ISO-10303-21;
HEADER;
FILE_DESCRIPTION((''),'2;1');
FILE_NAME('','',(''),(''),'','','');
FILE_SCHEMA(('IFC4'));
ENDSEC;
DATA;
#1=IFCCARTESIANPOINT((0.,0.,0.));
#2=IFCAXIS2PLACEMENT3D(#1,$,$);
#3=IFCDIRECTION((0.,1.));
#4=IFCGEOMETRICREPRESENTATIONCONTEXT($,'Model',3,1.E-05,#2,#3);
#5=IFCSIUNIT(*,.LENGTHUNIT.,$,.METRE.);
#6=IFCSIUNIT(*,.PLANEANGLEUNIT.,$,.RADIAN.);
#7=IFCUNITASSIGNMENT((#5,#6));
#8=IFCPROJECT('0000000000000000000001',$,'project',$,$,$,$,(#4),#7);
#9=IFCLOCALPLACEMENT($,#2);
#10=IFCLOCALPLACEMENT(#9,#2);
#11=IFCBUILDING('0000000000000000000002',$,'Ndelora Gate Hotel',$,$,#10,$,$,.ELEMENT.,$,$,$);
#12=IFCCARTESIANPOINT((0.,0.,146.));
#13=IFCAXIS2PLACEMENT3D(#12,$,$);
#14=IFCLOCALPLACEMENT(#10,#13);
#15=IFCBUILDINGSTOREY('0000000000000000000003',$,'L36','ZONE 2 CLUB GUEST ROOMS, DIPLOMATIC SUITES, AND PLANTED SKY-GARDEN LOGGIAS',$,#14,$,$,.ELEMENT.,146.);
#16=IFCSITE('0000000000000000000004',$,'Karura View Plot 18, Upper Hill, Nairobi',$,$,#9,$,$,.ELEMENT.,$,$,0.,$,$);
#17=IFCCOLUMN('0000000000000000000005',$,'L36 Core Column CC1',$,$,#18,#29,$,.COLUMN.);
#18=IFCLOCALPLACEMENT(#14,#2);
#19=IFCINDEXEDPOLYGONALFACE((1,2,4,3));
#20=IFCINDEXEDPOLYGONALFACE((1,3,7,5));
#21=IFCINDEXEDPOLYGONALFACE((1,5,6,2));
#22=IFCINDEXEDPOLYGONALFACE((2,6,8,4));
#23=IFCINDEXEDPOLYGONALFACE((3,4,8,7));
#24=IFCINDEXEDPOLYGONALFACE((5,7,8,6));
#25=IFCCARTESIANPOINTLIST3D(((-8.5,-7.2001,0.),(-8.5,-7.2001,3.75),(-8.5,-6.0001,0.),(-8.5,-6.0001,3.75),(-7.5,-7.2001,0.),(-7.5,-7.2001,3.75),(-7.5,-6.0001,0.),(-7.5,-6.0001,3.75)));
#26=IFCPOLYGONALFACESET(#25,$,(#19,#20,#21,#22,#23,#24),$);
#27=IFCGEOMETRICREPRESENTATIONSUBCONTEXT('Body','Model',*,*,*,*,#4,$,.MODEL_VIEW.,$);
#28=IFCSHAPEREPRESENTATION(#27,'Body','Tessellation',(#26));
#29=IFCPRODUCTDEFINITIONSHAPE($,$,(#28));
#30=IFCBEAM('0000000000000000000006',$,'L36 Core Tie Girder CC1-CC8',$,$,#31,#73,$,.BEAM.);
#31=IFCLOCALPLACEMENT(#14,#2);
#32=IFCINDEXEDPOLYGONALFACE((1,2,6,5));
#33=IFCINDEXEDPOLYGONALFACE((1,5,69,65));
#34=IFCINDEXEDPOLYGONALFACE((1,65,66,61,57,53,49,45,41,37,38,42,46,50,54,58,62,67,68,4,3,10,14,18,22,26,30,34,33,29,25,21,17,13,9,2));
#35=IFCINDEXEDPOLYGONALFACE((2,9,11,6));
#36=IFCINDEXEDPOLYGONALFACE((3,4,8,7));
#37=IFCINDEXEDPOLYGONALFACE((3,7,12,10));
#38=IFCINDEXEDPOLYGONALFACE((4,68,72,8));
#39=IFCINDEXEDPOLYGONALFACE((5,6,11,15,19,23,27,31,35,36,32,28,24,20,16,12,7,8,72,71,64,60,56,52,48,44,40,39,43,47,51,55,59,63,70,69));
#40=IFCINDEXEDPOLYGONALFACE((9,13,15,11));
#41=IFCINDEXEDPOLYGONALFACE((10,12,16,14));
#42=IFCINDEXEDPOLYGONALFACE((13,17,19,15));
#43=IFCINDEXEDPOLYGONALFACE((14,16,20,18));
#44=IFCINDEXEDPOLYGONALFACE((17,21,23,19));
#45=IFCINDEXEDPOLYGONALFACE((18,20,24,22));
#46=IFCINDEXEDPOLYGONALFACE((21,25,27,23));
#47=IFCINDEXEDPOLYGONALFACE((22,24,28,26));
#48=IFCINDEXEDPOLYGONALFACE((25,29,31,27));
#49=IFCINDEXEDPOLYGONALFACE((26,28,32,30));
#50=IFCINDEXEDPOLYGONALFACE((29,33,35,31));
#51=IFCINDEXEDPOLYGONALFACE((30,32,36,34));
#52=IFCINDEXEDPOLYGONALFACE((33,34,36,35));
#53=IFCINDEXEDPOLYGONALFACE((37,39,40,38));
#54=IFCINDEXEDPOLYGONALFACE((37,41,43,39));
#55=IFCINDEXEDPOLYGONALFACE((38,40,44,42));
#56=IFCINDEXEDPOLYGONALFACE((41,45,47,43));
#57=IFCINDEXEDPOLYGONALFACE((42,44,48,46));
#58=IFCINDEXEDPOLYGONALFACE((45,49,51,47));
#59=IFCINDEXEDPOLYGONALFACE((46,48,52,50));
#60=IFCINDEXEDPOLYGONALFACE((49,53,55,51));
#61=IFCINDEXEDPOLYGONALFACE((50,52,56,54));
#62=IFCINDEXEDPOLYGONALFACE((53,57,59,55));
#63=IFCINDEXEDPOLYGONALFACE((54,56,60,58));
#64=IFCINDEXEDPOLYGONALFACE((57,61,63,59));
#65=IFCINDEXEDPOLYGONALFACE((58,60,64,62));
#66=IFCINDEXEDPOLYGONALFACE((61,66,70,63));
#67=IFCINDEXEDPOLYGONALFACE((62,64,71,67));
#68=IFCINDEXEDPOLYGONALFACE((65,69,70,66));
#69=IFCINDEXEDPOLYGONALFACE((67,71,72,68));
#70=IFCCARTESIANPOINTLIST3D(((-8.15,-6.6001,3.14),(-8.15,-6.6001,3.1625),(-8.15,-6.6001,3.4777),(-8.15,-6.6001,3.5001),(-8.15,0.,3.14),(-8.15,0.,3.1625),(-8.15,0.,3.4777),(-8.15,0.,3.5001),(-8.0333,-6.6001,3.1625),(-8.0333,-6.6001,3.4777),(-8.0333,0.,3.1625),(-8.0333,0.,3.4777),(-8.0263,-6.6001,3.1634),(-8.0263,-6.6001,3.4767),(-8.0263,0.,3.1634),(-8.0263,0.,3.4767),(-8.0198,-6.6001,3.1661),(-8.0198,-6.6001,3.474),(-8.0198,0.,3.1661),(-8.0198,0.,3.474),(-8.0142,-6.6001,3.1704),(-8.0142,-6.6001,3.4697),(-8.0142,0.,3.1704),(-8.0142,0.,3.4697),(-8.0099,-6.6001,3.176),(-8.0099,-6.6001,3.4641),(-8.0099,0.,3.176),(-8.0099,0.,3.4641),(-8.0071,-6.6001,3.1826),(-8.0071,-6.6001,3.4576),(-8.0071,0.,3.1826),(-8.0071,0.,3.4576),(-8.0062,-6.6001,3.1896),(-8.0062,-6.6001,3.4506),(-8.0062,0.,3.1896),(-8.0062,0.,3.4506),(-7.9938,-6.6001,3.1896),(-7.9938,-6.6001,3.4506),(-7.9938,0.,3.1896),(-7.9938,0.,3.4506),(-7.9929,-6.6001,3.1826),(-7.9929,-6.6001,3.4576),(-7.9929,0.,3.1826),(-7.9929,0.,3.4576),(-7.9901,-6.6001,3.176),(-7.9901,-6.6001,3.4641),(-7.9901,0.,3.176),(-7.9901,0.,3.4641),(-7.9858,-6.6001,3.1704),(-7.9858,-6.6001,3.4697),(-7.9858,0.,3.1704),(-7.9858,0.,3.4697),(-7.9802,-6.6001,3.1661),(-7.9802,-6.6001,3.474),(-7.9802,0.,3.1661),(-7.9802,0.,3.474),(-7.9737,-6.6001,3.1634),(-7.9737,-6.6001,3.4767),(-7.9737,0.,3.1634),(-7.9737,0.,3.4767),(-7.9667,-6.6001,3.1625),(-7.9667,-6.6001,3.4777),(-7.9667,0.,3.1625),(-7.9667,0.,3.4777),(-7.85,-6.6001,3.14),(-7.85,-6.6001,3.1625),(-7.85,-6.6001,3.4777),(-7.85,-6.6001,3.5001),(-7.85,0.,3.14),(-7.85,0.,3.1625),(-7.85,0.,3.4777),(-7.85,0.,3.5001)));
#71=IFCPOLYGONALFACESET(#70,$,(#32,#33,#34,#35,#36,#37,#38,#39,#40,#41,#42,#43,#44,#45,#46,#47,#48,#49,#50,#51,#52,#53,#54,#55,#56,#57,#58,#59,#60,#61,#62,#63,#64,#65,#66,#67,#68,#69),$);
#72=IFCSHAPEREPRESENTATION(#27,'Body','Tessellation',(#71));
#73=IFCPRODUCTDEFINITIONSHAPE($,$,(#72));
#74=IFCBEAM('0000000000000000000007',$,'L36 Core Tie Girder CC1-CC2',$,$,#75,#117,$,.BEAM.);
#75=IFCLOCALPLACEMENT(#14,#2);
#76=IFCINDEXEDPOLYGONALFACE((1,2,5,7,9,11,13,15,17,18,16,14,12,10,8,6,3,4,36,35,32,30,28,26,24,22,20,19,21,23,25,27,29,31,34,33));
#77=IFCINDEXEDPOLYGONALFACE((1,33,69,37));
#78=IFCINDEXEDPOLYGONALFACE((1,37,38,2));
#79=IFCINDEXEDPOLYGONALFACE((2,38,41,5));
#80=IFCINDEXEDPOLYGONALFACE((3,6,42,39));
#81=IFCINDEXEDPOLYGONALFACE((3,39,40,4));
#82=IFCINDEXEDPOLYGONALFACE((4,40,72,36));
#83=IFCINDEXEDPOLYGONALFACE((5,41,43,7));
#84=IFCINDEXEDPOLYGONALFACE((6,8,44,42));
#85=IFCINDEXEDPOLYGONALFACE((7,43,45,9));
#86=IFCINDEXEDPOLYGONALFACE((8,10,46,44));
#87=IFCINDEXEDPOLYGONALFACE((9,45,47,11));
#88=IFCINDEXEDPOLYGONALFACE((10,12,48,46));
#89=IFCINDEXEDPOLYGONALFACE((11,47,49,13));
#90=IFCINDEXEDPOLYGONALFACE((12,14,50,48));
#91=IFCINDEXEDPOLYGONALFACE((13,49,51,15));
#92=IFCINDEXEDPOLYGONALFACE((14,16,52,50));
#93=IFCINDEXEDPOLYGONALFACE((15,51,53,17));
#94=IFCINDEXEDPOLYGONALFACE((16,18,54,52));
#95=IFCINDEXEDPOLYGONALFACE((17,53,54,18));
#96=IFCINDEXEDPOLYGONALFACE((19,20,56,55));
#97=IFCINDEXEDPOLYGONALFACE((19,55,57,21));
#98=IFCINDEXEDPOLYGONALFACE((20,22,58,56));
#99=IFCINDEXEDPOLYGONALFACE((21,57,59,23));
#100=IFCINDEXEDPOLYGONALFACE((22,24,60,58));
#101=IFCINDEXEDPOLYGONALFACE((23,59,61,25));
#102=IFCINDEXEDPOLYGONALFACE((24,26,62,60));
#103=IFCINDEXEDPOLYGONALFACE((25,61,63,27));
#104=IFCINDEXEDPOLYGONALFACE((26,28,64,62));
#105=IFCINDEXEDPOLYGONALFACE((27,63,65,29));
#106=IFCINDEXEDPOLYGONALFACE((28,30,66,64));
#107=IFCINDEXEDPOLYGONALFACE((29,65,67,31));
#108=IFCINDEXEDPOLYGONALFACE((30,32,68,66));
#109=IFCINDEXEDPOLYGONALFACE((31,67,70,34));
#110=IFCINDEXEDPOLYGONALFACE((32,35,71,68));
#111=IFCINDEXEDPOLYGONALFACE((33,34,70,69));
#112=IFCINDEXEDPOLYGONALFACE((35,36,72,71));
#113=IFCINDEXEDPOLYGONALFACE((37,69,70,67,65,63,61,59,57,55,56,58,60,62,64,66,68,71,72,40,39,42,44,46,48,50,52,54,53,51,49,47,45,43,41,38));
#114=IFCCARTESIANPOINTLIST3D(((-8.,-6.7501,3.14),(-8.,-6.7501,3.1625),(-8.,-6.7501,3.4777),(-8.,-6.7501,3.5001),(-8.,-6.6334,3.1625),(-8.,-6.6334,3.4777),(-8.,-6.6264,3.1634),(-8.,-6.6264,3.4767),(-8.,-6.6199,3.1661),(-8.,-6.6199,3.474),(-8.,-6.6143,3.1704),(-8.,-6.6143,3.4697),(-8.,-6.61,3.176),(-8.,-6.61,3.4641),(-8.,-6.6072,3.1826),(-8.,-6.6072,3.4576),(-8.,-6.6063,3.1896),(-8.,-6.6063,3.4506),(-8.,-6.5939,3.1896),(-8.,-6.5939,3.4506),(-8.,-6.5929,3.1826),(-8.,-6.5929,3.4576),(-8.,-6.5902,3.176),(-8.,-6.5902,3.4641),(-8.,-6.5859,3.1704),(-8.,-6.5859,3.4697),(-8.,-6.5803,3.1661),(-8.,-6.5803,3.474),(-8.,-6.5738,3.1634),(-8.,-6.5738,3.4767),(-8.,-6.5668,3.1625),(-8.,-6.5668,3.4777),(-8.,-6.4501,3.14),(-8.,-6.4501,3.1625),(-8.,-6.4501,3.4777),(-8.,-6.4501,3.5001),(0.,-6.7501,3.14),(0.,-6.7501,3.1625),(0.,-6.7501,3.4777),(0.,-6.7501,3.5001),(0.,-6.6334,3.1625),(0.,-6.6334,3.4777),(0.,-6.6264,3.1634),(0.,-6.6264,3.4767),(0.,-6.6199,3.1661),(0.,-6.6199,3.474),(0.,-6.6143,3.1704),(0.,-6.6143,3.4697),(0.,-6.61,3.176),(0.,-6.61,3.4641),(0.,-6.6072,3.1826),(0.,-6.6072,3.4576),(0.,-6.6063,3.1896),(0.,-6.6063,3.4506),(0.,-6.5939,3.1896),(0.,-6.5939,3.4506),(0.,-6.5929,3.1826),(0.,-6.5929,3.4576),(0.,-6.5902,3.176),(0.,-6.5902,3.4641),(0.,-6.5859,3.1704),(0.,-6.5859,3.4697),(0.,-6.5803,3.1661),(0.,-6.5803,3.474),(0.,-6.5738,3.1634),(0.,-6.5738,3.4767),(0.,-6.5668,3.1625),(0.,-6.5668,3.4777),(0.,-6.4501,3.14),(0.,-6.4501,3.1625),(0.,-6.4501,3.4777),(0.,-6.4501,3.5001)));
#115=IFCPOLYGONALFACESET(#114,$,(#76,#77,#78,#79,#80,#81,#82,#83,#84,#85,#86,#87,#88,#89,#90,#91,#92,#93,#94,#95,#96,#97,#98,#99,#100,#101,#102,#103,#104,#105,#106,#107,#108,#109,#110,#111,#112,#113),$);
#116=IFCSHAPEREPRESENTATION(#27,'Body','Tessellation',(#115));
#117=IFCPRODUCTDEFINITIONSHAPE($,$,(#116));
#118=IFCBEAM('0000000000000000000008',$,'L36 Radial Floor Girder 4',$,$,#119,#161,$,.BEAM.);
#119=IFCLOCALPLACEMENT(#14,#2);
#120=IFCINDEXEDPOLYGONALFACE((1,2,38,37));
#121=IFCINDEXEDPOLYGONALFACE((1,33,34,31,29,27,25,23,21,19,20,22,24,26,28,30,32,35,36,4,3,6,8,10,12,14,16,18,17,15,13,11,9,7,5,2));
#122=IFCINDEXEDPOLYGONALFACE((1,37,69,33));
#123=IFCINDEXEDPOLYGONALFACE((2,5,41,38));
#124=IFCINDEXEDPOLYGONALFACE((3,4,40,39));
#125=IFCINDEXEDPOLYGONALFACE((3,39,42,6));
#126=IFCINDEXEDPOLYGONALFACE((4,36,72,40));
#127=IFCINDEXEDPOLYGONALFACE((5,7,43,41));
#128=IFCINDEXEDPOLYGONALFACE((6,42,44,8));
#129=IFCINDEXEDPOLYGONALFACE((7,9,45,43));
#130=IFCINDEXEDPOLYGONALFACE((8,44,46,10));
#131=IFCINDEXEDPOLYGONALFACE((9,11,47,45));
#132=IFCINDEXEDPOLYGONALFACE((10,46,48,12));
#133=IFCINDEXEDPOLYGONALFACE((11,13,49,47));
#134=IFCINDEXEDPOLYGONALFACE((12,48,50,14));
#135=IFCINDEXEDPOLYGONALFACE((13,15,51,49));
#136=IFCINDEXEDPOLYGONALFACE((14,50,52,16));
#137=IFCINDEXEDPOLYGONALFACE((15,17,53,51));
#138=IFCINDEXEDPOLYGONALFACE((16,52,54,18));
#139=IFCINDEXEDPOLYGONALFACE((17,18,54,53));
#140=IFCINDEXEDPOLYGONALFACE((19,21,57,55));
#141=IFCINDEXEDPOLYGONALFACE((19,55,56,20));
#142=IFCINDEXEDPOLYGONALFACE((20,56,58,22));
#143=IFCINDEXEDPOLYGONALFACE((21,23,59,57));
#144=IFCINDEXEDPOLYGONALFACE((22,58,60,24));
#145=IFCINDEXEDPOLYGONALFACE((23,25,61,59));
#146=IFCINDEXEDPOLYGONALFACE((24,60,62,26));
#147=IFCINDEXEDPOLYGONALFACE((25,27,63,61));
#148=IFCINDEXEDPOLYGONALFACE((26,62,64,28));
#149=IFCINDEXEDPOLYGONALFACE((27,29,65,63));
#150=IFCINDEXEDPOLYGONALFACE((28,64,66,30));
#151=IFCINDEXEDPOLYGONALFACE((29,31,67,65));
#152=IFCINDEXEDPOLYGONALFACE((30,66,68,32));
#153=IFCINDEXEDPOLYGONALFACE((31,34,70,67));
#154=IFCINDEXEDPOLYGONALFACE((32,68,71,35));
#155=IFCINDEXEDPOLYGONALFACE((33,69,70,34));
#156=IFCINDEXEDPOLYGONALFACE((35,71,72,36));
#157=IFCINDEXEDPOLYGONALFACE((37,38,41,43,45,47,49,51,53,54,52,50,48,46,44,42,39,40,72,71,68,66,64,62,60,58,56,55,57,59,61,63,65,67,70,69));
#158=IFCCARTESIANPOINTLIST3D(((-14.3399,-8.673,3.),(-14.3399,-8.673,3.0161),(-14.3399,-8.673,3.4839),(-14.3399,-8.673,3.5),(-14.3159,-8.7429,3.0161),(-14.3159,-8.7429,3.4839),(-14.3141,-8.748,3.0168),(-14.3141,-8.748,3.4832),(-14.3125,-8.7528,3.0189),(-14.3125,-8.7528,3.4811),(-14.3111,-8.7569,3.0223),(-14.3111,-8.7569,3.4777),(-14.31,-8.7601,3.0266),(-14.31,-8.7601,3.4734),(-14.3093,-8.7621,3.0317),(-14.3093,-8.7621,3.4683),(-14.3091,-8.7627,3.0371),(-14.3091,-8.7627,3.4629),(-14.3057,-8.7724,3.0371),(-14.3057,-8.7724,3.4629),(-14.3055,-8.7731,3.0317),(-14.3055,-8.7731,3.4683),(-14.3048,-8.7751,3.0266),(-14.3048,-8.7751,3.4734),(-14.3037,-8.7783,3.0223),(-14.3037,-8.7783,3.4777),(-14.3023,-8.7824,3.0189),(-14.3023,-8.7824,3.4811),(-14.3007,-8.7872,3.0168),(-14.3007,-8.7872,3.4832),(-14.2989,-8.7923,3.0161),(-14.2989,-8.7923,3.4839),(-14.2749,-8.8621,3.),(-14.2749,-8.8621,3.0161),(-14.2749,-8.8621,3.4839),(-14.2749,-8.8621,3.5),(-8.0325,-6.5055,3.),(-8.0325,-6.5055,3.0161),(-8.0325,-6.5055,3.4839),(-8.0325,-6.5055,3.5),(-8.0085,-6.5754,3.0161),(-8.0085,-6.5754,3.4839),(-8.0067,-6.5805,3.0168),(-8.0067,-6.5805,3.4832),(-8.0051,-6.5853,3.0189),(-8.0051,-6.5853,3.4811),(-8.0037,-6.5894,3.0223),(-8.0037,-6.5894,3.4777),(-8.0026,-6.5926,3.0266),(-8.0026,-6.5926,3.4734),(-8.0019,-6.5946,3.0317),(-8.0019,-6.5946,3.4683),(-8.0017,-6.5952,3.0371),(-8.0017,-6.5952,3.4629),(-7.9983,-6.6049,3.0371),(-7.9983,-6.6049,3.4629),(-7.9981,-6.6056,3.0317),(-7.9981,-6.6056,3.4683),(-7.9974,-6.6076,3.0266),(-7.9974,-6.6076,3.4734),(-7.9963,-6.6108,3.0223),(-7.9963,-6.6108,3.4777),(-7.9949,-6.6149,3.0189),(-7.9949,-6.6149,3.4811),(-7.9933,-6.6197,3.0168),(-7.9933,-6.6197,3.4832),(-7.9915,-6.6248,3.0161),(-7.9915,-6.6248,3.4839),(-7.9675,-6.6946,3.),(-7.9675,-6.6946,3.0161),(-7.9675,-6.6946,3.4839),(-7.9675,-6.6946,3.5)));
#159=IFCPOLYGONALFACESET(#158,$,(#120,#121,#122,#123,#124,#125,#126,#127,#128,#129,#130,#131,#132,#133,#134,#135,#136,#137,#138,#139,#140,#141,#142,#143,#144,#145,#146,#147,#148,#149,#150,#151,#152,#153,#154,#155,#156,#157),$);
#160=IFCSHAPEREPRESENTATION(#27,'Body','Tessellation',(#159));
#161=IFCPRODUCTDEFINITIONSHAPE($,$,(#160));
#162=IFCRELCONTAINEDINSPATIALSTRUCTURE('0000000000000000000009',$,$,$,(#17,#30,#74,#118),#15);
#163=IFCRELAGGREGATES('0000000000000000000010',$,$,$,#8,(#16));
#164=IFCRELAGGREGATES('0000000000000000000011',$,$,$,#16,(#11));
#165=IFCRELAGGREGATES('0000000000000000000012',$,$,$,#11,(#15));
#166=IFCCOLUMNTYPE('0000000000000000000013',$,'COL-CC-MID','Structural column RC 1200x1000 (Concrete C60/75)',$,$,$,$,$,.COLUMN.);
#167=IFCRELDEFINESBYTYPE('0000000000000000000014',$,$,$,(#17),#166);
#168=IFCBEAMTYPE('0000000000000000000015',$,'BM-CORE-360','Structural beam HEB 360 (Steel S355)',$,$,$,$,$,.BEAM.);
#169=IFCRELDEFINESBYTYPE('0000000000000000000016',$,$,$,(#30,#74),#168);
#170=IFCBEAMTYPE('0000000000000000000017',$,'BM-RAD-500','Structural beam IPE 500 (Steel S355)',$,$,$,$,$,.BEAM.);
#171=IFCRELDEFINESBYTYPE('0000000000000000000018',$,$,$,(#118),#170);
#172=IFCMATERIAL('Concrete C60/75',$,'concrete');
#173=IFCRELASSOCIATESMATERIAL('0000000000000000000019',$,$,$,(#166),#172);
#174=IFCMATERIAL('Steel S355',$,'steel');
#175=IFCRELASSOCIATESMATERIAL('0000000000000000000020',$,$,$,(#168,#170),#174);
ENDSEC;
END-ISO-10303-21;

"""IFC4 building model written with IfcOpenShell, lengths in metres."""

from ifc_helpers import new_model, si_unit, direction, frame, origin, origin_2d, place, context, subcontext, project, spatial, rectangle, i_section, extrude, material, material_profile, profile_set, type_object, element, save


model = new_model("IFC4")

# Units and contexts
model_context = context("Model", 3, precision=1e-05, world=origin(), true_north=direction((0.0, 1.0)))
body_context = subcontext(model_context, "Body", "Model", "MODEL_VIEW")
ifc_project = project(units=[si_unit("LENGTHUNIT", "METRE"), si_unit("PLANEANGLEUNIT", "RADIAN")], contexts=[model_context])

# Site, building, storey
site_placement = place(None, origin())
site = spatial("IfcSite", under=ifc_project, at=site_placement, Name="Karura View Plot 18, Upper Hill, Nairobi", CompositionType="ELEMENT", RefElevation=0.0)
building_placement = place(site_placement, origin())
building = spatial("IfcBuilding", under=site, at=building_placement, Name="Ndelora Gate Hotel", CompositionType="ELEMENT")
storey_placement = place(building_placement, frame((0.0, 0.0, 146.0)))
storey = spatial("IfcBuildingStorey", under=building, at=storey_placement, Name="L36", Description="ZONE 2 CLUB GUEST ROOMS, DIPLOMATIC SUITES, AND PLANTED SKY-GARDEN LOGGIAS", CompositionType="ELEMENT", Elevation=146.0)

# Column
ifc_material_1 = material(Name="Concrete C60/75", Category="concrete")
ifc_material_profile_1 = material_profile(ifc_material_1, rectangle(XDim=1.0, YDim=1.2, at=origin_2d()), Name="RC 1200x1000")
ifc_profile_set_1 = profile_set([ifc_material_profile_1], Name="Concrete C60/75")
column_type = type_object("IfcColumnType", Name="COL-CC-MID", Description="Structural column RC 1200x1000 (Concrete C60/75)", PredefinedType="COLUMN", material=ifc_profile_set_1)
column_placement = place(storey_placement, frame((-8.0, -6.6001, 0.0), z_axis=(0.0, 0.0, 1.0), x_axis=(1.0, 0.0, 0.0)))
element("IfcColumn", 1, at=column_placement, inside=storey, type_object=column_type, Name="L36 Core Column CC1", PredefinedType="COLUMN", context=body_context, shape_type="SweptSolid", body=[
    extrude(rectangle(XDim=1.0, YDim=1.2, at=origin_2d()), origin(), (0.0, 0.0, 1.0), 3.75),
])

# Beams
ifc_material_2 = material(Name="Steel S355", Category="steel")
ifc_material_profile_2 = material_profile(ifc_material_2, i_section(OverallWidth=0.3, OverallDepth=0.3601, WebThickness=0.0125, FlangeThickness=0.0225, FilletRadius=0.0271, at=origin_2d()), Name="HEB 360")
ifc_profile_set_2 = profile_set([ifc_material_profile_2], Name="Steel S355")
beam_type_1 = type_object("IfcBeamType", Name="BM-CORE-360", Description="Structural beam HEB 360 (Steel S355)", PredefinedType="BEAM", material=ifc_profile_set_2)
beam_1_placement = place(storey_placement, frame((-8.0, -6.6001, 3.3201), z_axis=(0.0, 1.0, 0.0), x_axis=(-1.0, 0.0, 0.0)))
element("IfcBeam", 2, at=beam_1_placement, inside=storey, type_object=beam_type_1, Name="L36 Core Tie Girder CC1-CC8", PredefinedType="BEAM", context=body_context, shape_type="SweptSolid", body=[
    extrude(i_section(OverallWidth=0.3, OverallDepth=0.3601, WebThickness=0.0125, FlangeThickness=0.0225, FilletRadius=0.0271, at=origin_2d()), origin(), (0.0, 0.0, 1.0), 6.6001),
])
beam_2_placement = place(storey_placement, frame((-8.0, -6.6001, 3.3201), z_axis=(1.0, 0.0, 0.0), x_axis=(0.0, 1.0, 0.0)))
element("IfcBeam", 3, at=beam_2_placement, inside=storey, type_object=beam_type_1, Name="L36 Core Tie Girder CC1-CC2", PredefinedType="BEAM", context=body_context, shape_type="SweptSolid", body=[
    extrude(i_section(OverallWidth=0.3, OverallDepth=0.3601, WebThickness=0.0125, FlangeThickness=0.0225, FilletRadius=0.0271, at=origin_2d()), origin(), (0.0, 0.0, 1.0), 8.0),
])
ifc_material_profile_3 = material_profile(ifc_material_2, i_section(OverallWidth=0.2, OverallDepth=0.5, WebThickness=0.0103, FlangeThickness=0.0161, FilletRadius=0.021, at=origin_2d()), Name="IPE 500")
ifc_profile_set_3 = profile_set([ifc_material_profile_3], Name="Steel S355")
beam_type_2 = type_object("IfcBeamType", Name="BM-RAD-500", Description="Structural beam IPE 500 (Steel S355)", PredefinedType="BEAM", material=ifc_profile_set_3)
beam_3_placement = place(storey_placement, frame((-8.0, -6.6001, 3.25), z_axis=(-0.945718, -0.324989, 0.0), x_axis=(0.324989, -0.945718, 0.0)))
element("IfcBeam", 4, at=beam_3_placement, inside=storey, type_object=beam_type_2, Name="L36 Radial Floor Girder 4", PredefinedType="BEAM", context=body_context, shape_type="SweptSolid", body=[
    extrude(i_section(OverallWidth=0.2, OverallDepth=0.5, WebThickness=0.0103, FlangeThickness=0.0161, FilletRadius=0.021, at=origin_2d()), origin(), (0.0, 0.0, 1.0), 6.6694),
])

save(model, "model.ifc")
